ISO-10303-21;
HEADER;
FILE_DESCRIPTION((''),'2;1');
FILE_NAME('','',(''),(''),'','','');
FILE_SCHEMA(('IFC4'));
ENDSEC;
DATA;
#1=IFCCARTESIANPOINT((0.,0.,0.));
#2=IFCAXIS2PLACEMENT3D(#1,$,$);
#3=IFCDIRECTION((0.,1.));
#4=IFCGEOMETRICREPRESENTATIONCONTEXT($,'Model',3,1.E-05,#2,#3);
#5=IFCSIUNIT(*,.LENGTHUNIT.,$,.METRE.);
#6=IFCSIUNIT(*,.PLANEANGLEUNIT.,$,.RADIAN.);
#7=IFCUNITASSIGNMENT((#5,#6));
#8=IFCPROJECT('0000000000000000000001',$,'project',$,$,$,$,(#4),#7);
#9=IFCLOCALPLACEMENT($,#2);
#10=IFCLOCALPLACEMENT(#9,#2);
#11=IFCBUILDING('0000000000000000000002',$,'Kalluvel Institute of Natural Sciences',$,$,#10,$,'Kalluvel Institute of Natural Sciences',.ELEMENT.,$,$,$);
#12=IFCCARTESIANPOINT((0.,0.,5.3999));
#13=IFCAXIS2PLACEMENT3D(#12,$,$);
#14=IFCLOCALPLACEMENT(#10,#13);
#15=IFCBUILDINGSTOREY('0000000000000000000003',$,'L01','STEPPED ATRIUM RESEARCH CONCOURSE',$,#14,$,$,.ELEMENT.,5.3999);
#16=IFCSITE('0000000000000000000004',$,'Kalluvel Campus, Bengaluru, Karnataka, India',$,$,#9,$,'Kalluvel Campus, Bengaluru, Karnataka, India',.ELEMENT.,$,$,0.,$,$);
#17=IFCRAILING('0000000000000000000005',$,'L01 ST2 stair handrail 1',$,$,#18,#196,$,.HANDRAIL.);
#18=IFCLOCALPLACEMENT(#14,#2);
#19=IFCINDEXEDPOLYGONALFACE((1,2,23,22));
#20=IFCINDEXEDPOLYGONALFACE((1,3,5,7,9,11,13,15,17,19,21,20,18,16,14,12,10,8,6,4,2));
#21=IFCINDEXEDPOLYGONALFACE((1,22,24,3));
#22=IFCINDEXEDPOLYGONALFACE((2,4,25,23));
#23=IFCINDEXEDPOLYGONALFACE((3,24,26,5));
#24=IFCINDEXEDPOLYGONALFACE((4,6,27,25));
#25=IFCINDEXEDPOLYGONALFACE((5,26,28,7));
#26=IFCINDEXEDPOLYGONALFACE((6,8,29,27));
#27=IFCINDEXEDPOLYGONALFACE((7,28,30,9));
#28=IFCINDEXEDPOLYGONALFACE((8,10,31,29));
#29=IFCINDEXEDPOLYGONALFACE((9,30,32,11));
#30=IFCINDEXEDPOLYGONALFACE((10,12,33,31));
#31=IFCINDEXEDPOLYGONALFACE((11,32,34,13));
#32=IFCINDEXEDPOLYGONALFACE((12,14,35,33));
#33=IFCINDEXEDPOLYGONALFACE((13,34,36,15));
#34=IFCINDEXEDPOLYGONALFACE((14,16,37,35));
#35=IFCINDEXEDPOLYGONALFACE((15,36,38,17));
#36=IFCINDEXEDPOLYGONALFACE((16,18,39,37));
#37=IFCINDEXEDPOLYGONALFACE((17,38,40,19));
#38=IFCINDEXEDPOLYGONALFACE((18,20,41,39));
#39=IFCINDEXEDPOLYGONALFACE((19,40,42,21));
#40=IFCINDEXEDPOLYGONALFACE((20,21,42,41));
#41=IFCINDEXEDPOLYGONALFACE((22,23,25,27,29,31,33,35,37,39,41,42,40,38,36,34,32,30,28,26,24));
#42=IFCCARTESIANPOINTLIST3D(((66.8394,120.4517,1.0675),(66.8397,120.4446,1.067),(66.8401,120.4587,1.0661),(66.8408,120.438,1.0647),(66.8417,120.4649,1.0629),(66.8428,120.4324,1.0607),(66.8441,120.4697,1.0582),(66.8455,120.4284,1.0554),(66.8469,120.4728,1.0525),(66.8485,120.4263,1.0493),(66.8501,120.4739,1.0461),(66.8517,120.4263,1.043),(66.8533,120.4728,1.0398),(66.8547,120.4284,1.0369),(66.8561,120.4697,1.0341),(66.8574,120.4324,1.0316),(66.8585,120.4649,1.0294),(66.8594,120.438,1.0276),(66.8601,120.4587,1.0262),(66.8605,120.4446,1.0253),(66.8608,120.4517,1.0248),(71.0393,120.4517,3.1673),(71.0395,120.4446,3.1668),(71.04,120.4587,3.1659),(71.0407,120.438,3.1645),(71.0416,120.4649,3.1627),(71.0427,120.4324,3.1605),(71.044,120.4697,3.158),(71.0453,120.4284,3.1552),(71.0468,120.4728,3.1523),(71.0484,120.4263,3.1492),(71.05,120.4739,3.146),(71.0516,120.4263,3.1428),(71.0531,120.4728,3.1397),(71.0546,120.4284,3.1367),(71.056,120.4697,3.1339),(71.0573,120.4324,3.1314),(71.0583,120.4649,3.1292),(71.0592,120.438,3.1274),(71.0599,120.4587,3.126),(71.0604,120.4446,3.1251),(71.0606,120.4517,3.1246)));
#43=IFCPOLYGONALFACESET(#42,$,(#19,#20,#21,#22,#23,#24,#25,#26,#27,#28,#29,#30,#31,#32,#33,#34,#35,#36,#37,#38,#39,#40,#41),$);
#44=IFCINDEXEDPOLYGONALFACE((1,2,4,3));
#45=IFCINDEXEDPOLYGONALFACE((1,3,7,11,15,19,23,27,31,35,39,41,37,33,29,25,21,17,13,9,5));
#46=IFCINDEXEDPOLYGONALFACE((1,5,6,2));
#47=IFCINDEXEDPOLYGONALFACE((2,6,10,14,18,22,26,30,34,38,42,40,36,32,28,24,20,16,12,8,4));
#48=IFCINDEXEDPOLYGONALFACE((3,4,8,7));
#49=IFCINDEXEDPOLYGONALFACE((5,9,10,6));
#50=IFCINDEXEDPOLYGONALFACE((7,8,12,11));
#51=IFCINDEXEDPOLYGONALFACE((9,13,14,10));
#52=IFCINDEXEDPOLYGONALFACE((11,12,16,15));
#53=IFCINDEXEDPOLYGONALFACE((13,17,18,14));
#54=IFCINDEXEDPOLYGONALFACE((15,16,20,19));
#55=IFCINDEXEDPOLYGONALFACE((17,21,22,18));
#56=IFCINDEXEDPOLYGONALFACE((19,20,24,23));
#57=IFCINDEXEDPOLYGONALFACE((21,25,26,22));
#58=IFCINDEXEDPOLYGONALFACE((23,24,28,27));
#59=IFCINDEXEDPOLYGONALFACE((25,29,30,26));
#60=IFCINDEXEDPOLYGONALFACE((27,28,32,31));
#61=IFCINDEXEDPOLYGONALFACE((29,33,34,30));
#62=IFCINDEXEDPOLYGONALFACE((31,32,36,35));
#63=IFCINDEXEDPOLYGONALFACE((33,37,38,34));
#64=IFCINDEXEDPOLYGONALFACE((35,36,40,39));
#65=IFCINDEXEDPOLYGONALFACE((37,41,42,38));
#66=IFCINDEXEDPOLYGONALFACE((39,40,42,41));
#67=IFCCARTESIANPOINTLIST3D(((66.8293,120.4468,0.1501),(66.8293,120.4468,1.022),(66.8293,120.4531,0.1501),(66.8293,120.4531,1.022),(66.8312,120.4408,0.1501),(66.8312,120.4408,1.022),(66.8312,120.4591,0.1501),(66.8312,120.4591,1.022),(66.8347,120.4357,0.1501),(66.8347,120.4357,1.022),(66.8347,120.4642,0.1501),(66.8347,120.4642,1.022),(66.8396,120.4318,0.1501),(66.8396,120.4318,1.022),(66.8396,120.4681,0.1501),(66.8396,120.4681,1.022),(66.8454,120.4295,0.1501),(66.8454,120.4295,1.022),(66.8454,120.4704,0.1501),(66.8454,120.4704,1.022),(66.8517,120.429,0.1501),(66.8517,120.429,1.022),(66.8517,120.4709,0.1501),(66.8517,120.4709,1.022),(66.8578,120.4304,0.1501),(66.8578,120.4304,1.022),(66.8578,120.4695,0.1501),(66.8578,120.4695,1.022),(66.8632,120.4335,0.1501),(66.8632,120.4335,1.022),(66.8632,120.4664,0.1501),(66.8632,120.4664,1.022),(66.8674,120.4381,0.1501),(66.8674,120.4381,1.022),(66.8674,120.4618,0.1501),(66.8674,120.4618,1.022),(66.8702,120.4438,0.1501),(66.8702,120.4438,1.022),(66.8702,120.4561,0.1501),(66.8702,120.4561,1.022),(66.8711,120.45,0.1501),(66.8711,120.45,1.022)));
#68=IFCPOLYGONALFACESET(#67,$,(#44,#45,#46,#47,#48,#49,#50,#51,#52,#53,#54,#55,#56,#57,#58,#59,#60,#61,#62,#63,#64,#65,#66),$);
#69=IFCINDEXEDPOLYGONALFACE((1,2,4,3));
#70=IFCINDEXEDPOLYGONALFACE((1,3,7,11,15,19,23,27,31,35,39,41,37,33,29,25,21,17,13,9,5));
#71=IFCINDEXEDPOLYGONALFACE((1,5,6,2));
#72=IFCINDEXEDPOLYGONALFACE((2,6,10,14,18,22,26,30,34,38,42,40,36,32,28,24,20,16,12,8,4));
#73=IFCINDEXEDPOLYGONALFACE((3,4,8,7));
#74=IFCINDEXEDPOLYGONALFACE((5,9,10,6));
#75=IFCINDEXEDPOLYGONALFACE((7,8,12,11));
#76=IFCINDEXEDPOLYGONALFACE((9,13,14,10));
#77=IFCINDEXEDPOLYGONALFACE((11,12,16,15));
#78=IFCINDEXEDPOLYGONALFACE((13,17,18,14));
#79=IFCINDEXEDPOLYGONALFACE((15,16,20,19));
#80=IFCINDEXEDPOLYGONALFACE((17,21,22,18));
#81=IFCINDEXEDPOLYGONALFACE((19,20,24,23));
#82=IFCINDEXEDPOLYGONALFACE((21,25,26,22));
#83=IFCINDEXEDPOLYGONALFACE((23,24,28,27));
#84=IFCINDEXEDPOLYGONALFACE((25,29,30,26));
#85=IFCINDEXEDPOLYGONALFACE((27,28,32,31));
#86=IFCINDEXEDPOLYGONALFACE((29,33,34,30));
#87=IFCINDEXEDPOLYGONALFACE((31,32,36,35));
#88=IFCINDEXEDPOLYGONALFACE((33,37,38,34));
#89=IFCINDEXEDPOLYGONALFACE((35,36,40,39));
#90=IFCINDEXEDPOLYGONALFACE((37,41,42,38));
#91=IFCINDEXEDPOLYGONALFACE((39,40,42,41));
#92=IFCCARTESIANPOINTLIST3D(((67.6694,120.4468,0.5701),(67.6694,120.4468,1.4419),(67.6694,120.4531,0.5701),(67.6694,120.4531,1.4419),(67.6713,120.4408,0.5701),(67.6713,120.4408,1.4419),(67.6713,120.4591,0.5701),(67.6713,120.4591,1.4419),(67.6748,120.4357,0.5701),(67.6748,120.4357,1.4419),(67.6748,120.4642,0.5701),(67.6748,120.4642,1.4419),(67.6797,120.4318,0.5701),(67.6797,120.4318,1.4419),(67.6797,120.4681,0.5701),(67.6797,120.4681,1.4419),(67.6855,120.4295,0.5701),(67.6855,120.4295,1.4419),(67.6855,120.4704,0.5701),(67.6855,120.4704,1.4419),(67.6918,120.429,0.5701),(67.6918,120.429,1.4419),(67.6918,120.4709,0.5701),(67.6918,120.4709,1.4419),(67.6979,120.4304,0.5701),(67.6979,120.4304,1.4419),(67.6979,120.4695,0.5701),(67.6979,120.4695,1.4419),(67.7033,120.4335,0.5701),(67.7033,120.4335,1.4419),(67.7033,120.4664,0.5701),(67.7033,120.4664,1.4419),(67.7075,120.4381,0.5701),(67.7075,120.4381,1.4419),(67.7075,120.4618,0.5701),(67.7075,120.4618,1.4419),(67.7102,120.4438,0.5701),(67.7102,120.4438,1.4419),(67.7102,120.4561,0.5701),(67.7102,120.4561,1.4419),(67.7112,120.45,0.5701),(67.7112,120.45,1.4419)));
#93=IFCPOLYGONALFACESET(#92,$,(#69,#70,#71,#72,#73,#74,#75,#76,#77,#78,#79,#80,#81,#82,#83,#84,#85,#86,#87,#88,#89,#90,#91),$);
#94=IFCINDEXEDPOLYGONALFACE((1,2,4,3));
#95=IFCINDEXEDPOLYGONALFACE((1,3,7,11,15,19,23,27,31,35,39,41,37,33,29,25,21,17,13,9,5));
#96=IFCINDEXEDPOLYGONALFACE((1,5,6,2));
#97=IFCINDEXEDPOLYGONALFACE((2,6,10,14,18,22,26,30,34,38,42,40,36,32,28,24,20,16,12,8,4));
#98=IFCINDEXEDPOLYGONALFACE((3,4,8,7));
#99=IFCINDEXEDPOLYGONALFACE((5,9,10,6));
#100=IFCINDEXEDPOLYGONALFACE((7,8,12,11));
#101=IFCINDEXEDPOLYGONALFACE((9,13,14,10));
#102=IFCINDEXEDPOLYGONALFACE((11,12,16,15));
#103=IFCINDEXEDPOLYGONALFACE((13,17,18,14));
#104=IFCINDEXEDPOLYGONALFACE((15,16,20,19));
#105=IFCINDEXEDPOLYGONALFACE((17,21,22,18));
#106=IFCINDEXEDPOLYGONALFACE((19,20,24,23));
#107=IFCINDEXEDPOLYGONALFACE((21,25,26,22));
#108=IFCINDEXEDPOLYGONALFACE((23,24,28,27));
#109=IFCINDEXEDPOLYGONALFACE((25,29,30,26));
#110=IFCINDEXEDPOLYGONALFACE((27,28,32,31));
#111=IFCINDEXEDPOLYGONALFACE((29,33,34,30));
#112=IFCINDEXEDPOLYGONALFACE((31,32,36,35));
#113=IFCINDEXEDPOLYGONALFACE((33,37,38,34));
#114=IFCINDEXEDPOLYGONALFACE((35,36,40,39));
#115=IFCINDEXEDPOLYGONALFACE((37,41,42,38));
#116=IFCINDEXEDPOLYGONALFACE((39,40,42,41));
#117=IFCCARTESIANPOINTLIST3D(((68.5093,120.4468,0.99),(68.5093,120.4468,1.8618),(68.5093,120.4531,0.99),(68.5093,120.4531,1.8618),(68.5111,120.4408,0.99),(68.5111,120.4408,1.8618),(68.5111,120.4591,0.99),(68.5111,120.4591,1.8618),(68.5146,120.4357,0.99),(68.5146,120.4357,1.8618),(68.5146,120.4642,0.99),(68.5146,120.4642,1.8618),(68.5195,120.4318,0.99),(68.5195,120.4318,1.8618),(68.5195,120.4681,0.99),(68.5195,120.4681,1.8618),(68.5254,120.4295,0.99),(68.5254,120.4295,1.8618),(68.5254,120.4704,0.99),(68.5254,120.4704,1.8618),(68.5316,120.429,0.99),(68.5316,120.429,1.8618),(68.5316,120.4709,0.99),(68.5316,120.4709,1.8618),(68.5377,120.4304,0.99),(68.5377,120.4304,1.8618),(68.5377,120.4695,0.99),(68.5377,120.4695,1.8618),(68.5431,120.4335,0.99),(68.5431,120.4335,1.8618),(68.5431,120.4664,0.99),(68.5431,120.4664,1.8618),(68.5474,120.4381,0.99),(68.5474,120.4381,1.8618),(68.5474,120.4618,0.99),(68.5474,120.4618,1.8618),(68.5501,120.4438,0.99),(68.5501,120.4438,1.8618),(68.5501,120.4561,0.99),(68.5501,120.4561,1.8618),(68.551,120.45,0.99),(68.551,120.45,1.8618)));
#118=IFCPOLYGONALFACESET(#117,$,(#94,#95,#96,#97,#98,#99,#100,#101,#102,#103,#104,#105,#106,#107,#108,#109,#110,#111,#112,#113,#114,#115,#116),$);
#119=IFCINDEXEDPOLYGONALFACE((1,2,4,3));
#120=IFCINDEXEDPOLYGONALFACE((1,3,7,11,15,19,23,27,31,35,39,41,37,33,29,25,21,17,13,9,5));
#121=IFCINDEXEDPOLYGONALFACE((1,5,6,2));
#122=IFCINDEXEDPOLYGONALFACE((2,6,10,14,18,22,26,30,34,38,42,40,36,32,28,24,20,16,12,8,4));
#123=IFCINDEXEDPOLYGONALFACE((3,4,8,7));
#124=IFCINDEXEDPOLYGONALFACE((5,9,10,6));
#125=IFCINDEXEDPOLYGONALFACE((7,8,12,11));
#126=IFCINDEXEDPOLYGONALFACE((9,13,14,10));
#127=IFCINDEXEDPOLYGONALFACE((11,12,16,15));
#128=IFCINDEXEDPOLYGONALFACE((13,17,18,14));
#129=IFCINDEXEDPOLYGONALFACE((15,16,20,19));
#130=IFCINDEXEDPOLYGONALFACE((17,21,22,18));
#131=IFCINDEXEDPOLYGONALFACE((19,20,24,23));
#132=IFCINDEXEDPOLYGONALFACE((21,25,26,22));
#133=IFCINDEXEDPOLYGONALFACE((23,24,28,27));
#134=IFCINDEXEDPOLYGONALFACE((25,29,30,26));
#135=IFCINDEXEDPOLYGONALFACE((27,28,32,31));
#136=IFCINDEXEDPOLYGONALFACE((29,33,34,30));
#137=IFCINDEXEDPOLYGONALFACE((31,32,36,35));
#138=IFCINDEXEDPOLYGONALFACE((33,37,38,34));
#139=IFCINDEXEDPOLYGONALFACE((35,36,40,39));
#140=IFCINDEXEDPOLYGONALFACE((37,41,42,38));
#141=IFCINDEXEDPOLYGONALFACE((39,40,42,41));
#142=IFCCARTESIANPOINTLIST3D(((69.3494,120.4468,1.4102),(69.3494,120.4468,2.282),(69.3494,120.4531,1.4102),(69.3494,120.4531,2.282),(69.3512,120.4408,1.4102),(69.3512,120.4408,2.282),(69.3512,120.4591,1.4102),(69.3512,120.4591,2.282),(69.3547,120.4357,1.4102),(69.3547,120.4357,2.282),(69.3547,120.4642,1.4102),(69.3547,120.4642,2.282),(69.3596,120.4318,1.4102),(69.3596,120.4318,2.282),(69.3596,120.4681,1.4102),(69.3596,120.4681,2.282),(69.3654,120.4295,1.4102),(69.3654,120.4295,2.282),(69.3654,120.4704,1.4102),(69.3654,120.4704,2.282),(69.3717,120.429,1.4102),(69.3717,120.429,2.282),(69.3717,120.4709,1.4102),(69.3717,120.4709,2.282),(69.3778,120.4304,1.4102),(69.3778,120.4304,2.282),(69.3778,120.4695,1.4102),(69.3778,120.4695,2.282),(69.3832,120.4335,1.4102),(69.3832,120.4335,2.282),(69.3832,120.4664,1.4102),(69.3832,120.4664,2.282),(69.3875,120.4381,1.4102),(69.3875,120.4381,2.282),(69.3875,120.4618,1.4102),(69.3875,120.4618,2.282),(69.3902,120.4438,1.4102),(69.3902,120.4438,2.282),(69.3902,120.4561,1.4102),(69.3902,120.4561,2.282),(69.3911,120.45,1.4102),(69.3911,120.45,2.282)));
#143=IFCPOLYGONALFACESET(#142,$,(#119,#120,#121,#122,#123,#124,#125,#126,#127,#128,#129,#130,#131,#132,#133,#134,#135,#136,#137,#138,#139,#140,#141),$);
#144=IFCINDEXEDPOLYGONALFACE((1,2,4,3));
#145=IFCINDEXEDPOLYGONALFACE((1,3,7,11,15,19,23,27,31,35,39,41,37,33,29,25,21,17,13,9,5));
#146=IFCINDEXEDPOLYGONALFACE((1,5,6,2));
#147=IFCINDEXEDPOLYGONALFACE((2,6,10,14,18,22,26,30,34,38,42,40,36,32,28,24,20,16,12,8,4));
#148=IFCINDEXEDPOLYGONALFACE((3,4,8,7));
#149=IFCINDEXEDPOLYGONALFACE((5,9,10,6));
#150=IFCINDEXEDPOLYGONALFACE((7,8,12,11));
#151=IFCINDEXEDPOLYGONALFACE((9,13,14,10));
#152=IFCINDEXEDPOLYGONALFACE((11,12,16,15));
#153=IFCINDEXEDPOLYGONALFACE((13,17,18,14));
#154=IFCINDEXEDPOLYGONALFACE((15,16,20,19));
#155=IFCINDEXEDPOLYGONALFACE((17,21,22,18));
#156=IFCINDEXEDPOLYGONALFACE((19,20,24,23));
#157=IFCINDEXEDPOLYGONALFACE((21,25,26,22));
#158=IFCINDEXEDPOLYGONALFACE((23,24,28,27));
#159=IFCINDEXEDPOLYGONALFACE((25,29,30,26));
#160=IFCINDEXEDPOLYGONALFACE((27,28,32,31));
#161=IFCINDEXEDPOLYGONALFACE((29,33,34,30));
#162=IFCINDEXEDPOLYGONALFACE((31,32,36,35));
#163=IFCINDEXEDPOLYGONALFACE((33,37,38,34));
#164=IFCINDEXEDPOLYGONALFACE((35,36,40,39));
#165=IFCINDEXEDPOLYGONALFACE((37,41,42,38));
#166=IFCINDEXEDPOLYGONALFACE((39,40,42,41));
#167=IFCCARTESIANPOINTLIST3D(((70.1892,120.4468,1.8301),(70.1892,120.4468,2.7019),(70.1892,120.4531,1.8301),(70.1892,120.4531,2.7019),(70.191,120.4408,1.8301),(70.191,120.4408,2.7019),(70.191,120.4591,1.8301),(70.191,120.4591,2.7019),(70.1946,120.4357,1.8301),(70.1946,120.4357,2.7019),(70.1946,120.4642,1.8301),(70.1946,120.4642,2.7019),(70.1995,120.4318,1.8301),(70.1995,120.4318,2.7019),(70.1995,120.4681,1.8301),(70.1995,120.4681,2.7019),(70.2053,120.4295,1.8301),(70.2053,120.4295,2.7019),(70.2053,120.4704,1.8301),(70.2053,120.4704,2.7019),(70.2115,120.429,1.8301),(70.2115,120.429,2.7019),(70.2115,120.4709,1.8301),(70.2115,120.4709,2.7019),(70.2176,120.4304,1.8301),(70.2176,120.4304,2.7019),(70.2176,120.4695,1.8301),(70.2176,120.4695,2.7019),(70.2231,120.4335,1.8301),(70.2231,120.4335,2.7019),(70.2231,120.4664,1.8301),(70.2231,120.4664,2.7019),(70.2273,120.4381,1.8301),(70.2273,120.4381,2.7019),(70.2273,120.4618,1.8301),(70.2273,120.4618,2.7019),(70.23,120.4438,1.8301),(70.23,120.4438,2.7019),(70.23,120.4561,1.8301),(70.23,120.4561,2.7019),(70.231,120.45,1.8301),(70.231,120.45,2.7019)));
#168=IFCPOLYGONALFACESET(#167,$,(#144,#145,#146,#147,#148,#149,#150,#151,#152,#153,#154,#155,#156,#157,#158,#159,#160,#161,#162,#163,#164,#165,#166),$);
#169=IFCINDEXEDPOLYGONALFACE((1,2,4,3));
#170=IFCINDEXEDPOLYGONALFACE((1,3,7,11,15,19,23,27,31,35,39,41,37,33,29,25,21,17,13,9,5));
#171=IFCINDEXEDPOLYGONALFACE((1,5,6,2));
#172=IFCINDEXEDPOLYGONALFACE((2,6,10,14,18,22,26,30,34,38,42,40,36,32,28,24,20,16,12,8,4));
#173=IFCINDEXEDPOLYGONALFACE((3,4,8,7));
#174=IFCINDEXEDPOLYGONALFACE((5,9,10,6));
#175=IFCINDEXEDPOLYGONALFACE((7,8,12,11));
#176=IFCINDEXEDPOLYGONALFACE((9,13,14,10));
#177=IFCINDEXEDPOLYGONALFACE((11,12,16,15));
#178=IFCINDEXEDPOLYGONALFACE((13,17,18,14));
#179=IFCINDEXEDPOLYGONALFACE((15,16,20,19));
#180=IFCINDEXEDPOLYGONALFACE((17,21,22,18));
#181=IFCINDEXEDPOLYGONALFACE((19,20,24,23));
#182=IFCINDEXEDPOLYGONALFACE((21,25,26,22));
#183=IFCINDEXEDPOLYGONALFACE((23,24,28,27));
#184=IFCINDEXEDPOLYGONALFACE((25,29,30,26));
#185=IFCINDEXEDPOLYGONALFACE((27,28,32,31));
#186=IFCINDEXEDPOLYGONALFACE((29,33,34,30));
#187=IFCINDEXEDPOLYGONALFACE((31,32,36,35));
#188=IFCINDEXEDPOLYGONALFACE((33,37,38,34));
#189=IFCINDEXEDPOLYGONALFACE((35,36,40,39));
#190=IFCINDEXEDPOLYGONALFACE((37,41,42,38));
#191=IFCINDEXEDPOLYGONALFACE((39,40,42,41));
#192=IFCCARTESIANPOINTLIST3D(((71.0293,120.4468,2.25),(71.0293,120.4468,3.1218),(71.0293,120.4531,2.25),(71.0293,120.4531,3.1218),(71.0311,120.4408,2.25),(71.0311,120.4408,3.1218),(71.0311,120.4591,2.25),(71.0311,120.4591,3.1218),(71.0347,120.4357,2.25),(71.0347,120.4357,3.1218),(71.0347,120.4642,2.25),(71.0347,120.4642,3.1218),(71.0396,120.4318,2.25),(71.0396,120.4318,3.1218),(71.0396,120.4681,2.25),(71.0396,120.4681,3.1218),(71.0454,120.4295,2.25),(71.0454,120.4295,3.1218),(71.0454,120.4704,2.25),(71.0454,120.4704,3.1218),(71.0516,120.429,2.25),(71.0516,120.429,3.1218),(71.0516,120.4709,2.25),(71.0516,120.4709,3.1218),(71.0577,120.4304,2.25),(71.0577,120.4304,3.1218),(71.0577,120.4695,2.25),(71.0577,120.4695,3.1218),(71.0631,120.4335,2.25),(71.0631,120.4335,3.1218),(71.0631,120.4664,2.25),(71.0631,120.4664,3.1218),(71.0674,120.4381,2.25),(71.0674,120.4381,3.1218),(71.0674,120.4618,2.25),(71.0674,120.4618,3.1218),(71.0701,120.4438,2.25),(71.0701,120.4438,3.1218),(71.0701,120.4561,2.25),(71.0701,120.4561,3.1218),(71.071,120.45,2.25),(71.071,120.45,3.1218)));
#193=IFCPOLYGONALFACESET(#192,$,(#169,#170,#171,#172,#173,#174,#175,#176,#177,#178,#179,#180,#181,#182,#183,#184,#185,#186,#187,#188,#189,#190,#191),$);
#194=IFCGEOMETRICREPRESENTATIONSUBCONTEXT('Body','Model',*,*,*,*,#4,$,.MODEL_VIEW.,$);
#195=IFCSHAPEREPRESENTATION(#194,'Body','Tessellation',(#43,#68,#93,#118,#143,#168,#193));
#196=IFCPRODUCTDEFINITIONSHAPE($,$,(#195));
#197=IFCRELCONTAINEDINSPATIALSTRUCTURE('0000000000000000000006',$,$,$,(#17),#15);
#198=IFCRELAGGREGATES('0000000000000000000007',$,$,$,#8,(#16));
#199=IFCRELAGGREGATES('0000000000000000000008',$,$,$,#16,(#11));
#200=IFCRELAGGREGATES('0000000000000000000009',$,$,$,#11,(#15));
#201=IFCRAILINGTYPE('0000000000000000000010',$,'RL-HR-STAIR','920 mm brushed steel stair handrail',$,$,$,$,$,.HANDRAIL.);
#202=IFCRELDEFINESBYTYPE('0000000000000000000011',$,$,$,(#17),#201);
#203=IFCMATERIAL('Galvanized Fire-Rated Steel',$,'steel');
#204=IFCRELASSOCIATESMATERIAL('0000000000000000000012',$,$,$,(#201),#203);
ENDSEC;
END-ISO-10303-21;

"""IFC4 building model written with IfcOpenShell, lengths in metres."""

from ifc_helpers import new_model, si_unit, direction, frame, origin, origin_2d, place, context, subcontext, project, spatial, circle, extrude, material, type_object, element, save


model = new_model("IFC4")

# Units and contexts
model_context = context("Model", 3, precision=1e-05, world=origin(), true_north=direction((0.0, 1.0)))
body_context = subcontext(model_context, "Body", "Model", "MODEL_VIEW")
ifc_project = project(units=[si_unit("LENGTHUNIT", "METRE"), si_unit("PLANEANGLEUNIT", "RADIAN")], contexts=[model_context])

# Site, building, storey
site_placement = place(None, origin())
site = spatial("IfcSite", under=ifc_project, at=site_placement, Name="Kalluvel Campus, Bengaluru, Karnataka, India", LongName="Kalluvel Campus, Bengaluru, Karnataka, India", CompositionType="ELEMENT", RefElevation=0.0)
building_placement = place(site_placement, origin())
building = spatial("IfcBuilding", under=site, at=building_placement, Name="Kalluvel Institute of Natural Sciences", LongName="Kalluvel Institute of Natural Sciences", CompositionType="ELEMENT")
storey_placement = place(building_placement, frame((0.0, 0.0, 5.3999)))
storey = spatial("IfcBuildingStorey", under=building, at=storey_placement, Name="L01", Description="STEPPED ATRIUM RESEARCH CONCOURSE", CompositionType="ELEMENT", Elevation=5.3999)

# Shared definitions
ifc_material_1 = material(Name="Galvanized Fire-Rated Steel", Category="steel")

# Railing
railing_type_1 = type_object("IfcRailingType", Name="RL-HR-STAIR", Description="920 mm brushed steel stair handrail", PredefinedType="HANDRAIL", material=ifc_material_1)
railing_1_placement = place(storey_placement, frame((66.8501, 120.45, 0.1501)))
element("IfcRailing", 1, at=railing_1_placement, inside=storey, type_object=railing_type_1, Name="L01 ST2 stair handrail 1", PredefinedType="HANDRAIL", context=body_context, shape_type="SweptSolid", body=[
    extrude(circle(Radius=0.0239, at=origin_2d()), frame((0.0, 0.0, 0.896), z_axis=(0.894438, 0.0, 0.447193), x_axis=(0.0, 1.0, 0.0)), (0.0, 0.0, 1.0), 4.6956),
    extrude(circle(Radius=0.021, at=origin_2d()), origin(), (0.0, 0.0, 1.0), 0.8718),
    extrude(circle(Radius=0.021, at=origin_2d()), frame((0.8401, 0.0, 0.4199)), (0.0, 0.0, 1.0), 0.8718),
    extrude(circle(Radius=0.021, at=origin_2d()), frame((1.6799, 0.0, 0.8398)), (0.0, 0.0, 1.0), 0.8718),
    extrude(circle(Radius=0.021, at=origin_2d()), frame((2.52, 0.0, 1.26)), (0.0, 0.0, 1.0), 0.8718),
    extrude(circle(Radius=0.021, at=origin_2d()), frame((3.3599, 0.0, 1.6799)), (0.0, 0.0, 1.0), 0.8718),
    extrude(circle(Radius=0.021, at=origin_2d()), frame((4.2, 0.0, 2.0999)), (0.0, 0.0, 1.0), 0.8718),
])

save(model, "model.ifc")
